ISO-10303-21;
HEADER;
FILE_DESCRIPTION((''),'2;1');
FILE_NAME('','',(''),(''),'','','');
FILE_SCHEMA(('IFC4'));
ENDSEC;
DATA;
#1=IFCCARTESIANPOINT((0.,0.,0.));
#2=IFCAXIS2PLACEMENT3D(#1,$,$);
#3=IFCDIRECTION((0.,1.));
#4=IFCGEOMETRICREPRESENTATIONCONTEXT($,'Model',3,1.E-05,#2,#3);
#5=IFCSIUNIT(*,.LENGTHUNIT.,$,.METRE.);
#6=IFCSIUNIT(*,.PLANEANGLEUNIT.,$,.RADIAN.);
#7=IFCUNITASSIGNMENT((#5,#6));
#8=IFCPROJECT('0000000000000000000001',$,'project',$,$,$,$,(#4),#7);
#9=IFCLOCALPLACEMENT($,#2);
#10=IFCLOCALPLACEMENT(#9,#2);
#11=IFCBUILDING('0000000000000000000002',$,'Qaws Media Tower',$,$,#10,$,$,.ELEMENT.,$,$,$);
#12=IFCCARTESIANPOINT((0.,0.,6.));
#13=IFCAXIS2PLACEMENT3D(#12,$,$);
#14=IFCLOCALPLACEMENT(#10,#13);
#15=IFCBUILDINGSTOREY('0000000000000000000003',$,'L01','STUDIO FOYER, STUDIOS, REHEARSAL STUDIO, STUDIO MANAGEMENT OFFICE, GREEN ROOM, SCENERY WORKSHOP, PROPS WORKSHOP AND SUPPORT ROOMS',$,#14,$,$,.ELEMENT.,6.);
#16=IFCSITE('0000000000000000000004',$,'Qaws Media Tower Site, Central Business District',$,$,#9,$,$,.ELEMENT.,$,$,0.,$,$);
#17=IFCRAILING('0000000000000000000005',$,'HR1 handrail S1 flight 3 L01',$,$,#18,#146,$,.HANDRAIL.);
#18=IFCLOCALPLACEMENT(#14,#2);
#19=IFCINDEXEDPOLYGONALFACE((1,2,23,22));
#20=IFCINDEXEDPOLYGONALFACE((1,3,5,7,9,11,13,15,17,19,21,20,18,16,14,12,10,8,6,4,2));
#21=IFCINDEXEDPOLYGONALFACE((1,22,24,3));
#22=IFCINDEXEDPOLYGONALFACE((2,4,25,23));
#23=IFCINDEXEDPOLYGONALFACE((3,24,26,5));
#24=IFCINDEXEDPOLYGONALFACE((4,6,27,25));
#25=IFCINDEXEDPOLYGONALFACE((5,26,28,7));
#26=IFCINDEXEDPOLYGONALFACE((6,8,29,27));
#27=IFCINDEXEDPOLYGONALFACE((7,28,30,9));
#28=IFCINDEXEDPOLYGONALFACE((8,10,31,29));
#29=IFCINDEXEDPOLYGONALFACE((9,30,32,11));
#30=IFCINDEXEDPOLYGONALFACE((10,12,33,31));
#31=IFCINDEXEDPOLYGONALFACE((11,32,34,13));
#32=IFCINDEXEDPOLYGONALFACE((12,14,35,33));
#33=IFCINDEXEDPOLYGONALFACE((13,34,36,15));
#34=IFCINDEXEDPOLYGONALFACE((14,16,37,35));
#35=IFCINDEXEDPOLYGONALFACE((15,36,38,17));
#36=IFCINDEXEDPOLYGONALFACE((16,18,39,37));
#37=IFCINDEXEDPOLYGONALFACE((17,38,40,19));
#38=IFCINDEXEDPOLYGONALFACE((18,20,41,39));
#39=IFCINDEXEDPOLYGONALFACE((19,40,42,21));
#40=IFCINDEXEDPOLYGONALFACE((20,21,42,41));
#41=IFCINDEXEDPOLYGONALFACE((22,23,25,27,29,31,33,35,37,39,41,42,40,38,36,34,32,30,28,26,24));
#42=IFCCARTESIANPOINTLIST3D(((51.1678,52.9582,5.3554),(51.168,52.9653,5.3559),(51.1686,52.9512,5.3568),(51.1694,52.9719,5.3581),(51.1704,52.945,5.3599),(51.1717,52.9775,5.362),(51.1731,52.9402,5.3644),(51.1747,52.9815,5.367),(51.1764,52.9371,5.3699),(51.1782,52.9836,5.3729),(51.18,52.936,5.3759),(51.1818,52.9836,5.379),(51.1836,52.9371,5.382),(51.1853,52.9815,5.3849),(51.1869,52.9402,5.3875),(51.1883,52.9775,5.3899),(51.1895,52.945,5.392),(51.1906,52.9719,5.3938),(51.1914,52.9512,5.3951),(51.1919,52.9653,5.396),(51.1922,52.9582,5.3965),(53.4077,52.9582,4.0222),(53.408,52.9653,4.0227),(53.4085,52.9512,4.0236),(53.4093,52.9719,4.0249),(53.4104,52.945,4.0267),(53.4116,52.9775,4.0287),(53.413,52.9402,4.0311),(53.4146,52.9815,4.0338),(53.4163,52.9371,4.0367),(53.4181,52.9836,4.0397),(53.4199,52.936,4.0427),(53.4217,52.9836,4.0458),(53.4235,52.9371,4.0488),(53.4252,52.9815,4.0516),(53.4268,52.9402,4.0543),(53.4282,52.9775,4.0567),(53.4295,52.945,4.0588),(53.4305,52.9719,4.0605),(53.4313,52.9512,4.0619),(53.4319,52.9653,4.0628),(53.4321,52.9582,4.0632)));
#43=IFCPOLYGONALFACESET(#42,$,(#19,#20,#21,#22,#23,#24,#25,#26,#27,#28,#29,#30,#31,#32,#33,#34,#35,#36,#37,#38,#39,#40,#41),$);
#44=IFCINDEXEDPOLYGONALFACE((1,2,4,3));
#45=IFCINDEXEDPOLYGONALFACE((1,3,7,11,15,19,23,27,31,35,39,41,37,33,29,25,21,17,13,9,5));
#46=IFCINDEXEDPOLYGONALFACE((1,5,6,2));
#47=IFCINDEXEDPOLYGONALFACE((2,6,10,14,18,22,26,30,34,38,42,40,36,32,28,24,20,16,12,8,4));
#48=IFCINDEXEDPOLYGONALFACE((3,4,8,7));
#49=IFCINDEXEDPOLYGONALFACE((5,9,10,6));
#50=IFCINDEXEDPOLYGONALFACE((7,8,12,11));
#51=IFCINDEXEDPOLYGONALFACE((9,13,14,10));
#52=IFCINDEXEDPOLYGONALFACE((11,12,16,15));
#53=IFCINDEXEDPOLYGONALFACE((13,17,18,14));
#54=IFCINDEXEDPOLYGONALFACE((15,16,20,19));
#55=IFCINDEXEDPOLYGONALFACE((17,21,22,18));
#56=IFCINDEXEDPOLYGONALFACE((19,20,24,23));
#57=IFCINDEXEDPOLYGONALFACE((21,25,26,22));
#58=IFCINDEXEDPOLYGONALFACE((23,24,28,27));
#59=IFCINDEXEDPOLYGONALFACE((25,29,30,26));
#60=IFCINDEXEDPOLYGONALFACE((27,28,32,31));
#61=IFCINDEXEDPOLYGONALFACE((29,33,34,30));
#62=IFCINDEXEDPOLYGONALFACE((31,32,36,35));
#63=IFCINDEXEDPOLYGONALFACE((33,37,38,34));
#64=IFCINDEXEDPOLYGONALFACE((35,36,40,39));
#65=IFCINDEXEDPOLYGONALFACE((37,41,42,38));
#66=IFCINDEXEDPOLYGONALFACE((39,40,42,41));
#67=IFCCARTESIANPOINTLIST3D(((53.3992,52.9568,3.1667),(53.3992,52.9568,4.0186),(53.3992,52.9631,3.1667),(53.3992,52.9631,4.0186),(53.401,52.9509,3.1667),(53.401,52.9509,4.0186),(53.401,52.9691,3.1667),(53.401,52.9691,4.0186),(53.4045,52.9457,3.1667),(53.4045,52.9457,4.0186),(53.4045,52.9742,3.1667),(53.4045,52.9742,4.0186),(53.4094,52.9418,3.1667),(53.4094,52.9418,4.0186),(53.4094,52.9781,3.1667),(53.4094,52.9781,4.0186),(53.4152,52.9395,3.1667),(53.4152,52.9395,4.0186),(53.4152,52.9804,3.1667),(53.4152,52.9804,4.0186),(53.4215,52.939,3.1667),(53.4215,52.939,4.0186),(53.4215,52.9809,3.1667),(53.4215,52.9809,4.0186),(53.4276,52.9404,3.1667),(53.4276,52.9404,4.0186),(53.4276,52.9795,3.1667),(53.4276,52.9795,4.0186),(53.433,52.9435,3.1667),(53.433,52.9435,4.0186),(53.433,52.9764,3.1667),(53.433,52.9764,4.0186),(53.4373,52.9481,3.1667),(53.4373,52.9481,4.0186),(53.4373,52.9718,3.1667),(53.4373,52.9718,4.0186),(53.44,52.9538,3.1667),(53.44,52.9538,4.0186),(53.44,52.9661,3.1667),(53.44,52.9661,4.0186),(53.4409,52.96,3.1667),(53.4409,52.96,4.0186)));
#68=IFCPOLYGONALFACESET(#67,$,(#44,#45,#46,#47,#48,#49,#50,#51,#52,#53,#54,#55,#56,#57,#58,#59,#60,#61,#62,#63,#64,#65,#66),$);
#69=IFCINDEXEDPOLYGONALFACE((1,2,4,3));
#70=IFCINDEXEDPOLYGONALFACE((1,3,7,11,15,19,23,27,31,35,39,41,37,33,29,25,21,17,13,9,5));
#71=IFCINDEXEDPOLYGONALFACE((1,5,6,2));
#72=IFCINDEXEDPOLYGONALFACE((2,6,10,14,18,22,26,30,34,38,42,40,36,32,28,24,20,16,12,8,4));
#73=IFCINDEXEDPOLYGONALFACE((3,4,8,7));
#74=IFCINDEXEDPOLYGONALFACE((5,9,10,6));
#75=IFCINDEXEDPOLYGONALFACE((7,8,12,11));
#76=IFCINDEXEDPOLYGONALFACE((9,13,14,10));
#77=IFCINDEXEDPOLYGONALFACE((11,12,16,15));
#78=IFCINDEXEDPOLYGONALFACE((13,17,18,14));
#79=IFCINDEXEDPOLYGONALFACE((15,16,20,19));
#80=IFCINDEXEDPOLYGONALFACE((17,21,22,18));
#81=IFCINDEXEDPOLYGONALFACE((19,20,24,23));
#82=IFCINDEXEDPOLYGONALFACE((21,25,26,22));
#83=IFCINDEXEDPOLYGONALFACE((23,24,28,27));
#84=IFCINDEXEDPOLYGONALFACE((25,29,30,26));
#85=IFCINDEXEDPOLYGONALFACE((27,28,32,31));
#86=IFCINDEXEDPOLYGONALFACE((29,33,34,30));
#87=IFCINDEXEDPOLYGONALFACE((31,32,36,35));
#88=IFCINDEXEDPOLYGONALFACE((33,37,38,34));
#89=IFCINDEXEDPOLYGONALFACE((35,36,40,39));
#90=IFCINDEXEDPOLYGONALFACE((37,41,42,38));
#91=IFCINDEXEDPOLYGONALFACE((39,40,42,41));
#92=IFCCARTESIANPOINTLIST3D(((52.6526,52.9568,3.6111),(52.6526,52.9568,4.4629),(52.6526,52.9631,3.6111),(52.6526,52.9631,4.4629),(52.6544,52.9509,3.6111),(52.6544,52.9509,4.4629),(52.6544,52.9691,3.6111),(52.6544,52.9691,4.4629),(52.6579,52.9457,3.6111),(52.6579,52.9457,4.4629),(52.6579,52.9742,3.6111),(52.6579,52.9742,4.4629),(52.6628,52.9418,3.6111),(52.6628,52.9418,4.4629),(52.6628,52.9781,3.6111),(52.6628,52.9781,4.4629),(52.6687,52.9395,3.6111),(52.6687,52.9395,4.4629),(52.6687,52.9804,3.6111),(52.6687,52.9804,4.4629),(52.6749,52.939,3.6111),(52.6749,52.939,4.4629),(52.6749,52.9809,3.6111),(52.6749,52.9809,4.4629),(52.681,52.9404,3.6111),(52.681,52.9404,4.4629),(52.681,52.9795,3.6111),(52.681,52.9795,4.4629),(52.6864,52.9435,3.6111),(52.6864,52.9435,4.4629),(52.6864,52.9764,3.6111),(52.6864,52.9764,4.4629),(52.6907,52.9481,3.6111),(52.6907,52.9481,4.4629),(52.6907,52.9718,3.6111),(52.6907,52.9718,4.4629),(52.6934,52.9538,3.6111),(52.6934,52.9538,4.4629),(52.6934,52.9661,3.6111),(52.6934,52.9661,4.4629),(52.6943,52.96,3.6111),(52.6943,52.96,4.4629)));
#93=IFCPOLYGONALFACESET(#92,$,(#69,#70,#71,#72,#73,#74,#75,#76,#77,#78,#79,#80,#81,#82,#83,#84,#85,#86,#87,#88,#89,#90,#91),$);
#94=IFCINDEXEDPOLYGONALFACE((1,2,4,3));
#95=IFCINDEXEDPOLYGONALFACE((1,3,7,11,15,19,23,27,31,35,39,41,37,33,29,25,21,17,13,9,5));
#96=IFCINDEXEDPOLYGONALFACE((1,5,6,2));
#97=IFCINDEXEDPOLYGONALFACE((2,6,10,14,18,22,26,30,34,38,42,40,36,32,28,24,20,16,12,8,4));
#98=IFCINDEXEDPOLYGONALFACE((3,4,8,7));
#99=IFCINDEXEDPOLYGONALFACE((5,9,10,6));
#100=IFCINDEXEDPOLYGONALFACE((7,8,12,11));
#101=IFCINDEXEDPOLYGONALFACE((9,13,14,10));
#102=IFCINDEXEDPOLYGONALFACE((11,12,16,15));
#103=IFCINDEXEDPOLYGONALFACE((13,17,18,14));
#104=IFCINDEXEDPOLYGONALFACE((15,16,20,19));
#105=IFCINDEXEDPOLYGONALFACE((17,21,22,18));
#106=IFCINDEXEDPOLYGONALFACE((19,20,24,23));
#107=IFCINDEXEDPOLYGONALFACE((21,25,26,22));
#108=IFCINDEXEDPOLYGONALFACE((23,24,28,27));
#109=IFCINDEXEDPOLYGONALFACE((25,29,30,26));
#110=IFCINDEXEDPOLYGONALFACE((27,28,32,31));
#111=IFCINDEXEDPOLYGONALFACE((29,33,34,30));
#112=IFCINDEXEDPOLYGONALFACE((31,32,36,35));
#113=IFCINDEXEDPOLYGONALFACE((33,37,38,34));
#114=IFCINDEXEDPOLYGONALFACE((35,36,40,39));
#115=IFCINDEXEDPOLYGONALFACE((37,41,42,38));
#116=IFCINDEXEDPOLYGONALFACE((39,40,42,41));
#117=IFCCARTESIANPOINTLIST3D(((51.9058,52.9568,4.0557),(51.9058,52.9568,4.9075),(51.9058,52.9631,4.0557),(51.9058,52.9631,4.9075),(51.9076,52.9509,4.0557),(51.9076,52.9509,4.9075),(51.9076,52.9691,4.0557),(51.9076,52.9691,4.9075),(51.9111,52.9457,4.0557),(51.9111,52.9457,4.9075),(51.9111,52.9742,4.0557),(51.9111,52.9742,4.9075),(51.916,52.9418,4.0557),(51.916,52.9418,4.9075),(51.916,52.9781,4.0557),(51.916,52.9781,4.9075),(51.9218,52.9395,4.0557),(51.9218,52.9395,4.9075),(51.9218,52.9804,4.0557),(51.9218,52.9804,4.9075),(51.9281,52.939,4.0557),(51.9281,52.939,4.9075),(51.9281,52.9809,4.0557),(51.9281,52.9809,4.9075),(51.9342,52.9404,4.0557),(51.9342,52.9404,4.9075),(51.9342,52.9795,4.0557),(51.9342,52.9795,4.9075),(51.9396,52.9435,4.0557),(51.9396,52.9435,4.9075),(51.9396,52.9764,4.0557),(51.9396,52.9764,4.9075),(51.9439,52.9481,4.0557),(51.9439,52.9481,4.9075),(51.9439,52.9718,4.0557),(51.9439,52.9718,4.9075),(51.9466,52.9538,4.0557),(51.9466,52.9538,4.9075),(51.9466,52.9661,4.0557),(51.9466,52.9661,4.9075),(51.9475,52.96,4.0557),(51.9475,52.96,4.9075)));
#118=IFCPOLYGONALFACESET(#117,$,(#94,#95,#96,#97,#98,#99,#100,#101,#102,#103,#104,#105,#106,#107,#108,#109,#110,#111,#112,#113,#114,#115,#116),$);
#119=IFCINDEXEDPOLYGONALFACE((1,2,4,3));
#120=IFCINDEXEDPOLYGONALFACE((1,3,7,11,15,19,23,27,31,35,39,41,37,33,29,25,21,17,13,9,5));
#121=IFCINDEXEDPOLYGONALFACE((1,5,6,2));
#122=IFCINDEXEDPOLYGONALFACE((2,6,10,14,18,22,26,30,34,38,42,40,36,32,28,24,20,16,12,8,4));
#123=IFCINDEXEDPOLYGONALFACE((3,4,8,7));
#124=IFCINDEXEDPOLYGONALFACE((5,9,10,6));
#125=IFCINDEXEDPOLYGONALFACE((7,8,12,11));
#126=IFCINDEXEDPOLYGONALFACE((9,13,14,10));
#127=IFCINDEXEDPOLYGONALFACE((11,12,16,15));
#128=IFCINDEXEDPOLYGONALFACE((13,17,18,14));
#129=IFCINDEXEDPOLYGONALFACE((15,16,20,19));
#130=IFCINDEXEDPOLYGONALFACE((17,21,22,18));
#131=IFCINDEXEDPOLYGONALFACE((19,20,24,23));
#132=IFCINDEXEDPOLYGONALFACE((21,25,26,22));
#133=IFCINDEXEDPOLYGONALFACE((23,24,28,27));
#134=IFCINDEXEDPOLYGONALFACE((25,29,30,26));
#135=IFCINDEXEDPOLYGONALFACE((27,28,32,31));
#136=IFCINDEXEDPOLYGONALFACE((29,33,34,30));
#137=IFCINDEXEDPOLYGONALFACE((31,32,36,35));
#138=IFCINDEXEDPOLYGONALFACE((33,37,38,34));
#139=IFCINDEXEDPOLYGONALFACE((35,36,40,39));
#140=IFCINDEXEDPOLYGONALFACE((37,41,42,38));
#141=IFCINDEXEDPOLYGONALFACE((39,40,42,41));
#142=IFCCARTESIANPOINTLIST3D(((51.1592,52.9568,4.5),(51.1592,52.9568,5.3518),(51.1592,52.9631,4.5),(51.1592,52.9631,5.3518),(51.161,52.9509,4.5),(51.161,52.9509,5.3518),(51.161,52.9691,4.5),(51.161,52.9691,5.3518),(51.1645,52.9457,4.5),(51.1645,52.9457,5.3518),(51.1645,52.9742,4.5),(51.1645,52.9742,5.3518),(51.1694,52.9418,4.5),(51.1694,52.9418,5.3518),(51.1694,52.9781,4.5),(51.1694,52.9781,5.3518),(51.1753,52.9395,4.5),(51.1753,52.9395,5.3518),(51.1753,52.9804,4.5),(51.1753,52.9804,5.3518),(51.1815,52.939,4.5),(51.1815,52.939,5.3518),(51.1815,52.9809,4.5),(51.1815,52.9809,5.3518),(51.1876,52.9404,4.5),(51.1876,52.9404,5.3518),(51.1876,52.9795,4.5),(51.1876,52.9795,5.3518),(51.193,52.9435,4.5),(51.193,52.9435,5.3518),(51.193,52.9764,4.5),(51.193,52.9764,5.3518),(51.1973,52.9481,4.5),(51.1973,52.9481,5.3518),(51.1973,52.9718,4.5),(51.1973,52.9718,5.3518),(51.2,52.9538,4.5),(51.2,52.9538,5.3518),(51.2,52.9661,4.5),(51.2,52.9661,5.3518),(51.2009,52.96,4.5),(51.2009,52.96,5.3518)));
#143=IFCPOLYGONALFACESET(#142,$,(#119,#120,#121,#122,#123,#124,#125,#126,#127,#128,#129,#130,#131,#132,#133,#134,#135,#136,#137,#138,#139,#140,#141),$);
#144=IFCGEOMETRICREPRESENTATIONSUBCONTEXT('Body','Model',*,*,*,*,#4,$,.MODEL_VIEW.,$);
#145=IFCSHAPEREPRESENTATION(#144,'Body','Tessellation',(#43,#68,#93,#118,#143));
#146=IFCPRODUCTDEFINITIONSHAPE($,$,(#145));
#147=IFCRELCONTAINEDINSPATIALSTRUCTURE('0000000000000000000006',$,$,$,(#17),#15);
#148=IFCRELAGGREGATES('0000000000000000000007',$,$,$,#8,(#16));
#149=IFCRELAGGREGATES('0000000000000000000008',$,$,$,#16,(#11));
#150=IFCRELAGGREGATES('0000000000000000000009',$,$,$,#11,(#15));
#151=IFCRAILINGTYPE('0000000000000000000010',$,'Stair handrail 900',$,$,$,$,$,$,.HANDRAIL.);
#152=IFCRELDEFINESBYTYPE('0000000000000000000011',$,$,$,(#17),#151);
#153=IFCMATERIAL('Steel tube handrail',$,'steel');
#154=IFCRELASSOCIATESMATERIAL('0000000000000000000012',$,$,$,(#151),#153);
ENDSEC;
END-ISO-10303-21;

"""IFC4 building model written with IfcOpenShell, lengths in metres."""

from ifc_helpers import new_model, si_unit, direction, frame, origin, origin_2d, place, context, subcontext, project, spatial, circle, extrude, material, type_object, element, save


model = new_model("IFC4")

# Units and contexts
model_context = context("Model", 3, precision=1e-05, world=origin(), true_north=direction((0.0, 1.0)))
body_context = subcontext(model_context, "Body", "Model", "MODEL_VIEW")
ifc_project = project(units=[si_unit("LENGTHUNIT", "METRE"), si_unit("PLANEANGLEUNIT", "RADIAN")], contexts=[model_context])

# Site, building, storey
site_placement = place(None, origin())
site = spatial("IfcSite", under=ifc_project, at=site_placement, Name="Qaws Media Tower Site, Central Business District", CompositionType="ELEMENT", RefElevation=0.0)
building_placement = place(site_placement, origin())
building = spatial("IfcBuilding", under=site, at=building_placement, Name="Qaws Media Tower", CompositionType="ELEMENT")
storey_placement = place(building_placement, frame((0.0, 0.0, 6.0)))
storey = spatial("IfcBuildingStorey", under=building, at=storey_placement, Name="L01", Description="STUDIO FOYER, STUDIOS, REHEARSAL STUDIO, STUDIO MANAGEMENT OFFICE, GREEN ROOM, SCENERY WORKSHOP, PROPS WORKSHOP AND SUPPORT ROOMS", CompositionType="ELEMENT", Elevation=6.0)

# Railing
ifc_material_1 = material(Name="Steel tube handrail", Category="steel")
railing_type = type_object("IfcRailingType", Name="Stair handrail 900", PredefinedType="HANDRAIL", material=ifc_material_1)
for number, where, name in (
    (1, (53.4199, 52.96, 3.1667), "HR1 handrail S1 flight 3 L01"),
):
    element("IfcRailing", number, at=place(storey_placement, frame(where)), inside=storey, type_object=railing_type, Name=name, PredefinedType="HANDRAIL", context=body_context, shape_type="SweptSolid", body=[
        extrude(circle(Radius=0.0239, at=origin_2d()), frame((0.0, 0.0, 0.876), z_axis=(-0.859306, 0.0, 0.511462), x_axis=(0.0, -1.0, 0.0)), (0.0, 0.0, 1.0), 2.6067),
        extrude(circle(Radius=0.021, at=origin_2d()), origin(), (0.0, 0.0, 1.0), 0.8518),
        extrude(circle(Radius=0.021, at=origin_2d()), frame((-0.7466, 0.0, 0.4443)), (0.0, 0.0, 1.0), 0.8518),
        extrude(circle(Radius=0.021, at=origin_2d()), frame((-1.4934, 0.0, 0.8889)), (0.0, 0.0, 1.0), 0.8518),
        extrude(circle(Radius=0.021, at=origin_2d()), frame((-2.24, 0.0, 1.3333)), (0.0, 0.0, 1.0), 0.8518),
    ])

save(model, "model.ifc")
